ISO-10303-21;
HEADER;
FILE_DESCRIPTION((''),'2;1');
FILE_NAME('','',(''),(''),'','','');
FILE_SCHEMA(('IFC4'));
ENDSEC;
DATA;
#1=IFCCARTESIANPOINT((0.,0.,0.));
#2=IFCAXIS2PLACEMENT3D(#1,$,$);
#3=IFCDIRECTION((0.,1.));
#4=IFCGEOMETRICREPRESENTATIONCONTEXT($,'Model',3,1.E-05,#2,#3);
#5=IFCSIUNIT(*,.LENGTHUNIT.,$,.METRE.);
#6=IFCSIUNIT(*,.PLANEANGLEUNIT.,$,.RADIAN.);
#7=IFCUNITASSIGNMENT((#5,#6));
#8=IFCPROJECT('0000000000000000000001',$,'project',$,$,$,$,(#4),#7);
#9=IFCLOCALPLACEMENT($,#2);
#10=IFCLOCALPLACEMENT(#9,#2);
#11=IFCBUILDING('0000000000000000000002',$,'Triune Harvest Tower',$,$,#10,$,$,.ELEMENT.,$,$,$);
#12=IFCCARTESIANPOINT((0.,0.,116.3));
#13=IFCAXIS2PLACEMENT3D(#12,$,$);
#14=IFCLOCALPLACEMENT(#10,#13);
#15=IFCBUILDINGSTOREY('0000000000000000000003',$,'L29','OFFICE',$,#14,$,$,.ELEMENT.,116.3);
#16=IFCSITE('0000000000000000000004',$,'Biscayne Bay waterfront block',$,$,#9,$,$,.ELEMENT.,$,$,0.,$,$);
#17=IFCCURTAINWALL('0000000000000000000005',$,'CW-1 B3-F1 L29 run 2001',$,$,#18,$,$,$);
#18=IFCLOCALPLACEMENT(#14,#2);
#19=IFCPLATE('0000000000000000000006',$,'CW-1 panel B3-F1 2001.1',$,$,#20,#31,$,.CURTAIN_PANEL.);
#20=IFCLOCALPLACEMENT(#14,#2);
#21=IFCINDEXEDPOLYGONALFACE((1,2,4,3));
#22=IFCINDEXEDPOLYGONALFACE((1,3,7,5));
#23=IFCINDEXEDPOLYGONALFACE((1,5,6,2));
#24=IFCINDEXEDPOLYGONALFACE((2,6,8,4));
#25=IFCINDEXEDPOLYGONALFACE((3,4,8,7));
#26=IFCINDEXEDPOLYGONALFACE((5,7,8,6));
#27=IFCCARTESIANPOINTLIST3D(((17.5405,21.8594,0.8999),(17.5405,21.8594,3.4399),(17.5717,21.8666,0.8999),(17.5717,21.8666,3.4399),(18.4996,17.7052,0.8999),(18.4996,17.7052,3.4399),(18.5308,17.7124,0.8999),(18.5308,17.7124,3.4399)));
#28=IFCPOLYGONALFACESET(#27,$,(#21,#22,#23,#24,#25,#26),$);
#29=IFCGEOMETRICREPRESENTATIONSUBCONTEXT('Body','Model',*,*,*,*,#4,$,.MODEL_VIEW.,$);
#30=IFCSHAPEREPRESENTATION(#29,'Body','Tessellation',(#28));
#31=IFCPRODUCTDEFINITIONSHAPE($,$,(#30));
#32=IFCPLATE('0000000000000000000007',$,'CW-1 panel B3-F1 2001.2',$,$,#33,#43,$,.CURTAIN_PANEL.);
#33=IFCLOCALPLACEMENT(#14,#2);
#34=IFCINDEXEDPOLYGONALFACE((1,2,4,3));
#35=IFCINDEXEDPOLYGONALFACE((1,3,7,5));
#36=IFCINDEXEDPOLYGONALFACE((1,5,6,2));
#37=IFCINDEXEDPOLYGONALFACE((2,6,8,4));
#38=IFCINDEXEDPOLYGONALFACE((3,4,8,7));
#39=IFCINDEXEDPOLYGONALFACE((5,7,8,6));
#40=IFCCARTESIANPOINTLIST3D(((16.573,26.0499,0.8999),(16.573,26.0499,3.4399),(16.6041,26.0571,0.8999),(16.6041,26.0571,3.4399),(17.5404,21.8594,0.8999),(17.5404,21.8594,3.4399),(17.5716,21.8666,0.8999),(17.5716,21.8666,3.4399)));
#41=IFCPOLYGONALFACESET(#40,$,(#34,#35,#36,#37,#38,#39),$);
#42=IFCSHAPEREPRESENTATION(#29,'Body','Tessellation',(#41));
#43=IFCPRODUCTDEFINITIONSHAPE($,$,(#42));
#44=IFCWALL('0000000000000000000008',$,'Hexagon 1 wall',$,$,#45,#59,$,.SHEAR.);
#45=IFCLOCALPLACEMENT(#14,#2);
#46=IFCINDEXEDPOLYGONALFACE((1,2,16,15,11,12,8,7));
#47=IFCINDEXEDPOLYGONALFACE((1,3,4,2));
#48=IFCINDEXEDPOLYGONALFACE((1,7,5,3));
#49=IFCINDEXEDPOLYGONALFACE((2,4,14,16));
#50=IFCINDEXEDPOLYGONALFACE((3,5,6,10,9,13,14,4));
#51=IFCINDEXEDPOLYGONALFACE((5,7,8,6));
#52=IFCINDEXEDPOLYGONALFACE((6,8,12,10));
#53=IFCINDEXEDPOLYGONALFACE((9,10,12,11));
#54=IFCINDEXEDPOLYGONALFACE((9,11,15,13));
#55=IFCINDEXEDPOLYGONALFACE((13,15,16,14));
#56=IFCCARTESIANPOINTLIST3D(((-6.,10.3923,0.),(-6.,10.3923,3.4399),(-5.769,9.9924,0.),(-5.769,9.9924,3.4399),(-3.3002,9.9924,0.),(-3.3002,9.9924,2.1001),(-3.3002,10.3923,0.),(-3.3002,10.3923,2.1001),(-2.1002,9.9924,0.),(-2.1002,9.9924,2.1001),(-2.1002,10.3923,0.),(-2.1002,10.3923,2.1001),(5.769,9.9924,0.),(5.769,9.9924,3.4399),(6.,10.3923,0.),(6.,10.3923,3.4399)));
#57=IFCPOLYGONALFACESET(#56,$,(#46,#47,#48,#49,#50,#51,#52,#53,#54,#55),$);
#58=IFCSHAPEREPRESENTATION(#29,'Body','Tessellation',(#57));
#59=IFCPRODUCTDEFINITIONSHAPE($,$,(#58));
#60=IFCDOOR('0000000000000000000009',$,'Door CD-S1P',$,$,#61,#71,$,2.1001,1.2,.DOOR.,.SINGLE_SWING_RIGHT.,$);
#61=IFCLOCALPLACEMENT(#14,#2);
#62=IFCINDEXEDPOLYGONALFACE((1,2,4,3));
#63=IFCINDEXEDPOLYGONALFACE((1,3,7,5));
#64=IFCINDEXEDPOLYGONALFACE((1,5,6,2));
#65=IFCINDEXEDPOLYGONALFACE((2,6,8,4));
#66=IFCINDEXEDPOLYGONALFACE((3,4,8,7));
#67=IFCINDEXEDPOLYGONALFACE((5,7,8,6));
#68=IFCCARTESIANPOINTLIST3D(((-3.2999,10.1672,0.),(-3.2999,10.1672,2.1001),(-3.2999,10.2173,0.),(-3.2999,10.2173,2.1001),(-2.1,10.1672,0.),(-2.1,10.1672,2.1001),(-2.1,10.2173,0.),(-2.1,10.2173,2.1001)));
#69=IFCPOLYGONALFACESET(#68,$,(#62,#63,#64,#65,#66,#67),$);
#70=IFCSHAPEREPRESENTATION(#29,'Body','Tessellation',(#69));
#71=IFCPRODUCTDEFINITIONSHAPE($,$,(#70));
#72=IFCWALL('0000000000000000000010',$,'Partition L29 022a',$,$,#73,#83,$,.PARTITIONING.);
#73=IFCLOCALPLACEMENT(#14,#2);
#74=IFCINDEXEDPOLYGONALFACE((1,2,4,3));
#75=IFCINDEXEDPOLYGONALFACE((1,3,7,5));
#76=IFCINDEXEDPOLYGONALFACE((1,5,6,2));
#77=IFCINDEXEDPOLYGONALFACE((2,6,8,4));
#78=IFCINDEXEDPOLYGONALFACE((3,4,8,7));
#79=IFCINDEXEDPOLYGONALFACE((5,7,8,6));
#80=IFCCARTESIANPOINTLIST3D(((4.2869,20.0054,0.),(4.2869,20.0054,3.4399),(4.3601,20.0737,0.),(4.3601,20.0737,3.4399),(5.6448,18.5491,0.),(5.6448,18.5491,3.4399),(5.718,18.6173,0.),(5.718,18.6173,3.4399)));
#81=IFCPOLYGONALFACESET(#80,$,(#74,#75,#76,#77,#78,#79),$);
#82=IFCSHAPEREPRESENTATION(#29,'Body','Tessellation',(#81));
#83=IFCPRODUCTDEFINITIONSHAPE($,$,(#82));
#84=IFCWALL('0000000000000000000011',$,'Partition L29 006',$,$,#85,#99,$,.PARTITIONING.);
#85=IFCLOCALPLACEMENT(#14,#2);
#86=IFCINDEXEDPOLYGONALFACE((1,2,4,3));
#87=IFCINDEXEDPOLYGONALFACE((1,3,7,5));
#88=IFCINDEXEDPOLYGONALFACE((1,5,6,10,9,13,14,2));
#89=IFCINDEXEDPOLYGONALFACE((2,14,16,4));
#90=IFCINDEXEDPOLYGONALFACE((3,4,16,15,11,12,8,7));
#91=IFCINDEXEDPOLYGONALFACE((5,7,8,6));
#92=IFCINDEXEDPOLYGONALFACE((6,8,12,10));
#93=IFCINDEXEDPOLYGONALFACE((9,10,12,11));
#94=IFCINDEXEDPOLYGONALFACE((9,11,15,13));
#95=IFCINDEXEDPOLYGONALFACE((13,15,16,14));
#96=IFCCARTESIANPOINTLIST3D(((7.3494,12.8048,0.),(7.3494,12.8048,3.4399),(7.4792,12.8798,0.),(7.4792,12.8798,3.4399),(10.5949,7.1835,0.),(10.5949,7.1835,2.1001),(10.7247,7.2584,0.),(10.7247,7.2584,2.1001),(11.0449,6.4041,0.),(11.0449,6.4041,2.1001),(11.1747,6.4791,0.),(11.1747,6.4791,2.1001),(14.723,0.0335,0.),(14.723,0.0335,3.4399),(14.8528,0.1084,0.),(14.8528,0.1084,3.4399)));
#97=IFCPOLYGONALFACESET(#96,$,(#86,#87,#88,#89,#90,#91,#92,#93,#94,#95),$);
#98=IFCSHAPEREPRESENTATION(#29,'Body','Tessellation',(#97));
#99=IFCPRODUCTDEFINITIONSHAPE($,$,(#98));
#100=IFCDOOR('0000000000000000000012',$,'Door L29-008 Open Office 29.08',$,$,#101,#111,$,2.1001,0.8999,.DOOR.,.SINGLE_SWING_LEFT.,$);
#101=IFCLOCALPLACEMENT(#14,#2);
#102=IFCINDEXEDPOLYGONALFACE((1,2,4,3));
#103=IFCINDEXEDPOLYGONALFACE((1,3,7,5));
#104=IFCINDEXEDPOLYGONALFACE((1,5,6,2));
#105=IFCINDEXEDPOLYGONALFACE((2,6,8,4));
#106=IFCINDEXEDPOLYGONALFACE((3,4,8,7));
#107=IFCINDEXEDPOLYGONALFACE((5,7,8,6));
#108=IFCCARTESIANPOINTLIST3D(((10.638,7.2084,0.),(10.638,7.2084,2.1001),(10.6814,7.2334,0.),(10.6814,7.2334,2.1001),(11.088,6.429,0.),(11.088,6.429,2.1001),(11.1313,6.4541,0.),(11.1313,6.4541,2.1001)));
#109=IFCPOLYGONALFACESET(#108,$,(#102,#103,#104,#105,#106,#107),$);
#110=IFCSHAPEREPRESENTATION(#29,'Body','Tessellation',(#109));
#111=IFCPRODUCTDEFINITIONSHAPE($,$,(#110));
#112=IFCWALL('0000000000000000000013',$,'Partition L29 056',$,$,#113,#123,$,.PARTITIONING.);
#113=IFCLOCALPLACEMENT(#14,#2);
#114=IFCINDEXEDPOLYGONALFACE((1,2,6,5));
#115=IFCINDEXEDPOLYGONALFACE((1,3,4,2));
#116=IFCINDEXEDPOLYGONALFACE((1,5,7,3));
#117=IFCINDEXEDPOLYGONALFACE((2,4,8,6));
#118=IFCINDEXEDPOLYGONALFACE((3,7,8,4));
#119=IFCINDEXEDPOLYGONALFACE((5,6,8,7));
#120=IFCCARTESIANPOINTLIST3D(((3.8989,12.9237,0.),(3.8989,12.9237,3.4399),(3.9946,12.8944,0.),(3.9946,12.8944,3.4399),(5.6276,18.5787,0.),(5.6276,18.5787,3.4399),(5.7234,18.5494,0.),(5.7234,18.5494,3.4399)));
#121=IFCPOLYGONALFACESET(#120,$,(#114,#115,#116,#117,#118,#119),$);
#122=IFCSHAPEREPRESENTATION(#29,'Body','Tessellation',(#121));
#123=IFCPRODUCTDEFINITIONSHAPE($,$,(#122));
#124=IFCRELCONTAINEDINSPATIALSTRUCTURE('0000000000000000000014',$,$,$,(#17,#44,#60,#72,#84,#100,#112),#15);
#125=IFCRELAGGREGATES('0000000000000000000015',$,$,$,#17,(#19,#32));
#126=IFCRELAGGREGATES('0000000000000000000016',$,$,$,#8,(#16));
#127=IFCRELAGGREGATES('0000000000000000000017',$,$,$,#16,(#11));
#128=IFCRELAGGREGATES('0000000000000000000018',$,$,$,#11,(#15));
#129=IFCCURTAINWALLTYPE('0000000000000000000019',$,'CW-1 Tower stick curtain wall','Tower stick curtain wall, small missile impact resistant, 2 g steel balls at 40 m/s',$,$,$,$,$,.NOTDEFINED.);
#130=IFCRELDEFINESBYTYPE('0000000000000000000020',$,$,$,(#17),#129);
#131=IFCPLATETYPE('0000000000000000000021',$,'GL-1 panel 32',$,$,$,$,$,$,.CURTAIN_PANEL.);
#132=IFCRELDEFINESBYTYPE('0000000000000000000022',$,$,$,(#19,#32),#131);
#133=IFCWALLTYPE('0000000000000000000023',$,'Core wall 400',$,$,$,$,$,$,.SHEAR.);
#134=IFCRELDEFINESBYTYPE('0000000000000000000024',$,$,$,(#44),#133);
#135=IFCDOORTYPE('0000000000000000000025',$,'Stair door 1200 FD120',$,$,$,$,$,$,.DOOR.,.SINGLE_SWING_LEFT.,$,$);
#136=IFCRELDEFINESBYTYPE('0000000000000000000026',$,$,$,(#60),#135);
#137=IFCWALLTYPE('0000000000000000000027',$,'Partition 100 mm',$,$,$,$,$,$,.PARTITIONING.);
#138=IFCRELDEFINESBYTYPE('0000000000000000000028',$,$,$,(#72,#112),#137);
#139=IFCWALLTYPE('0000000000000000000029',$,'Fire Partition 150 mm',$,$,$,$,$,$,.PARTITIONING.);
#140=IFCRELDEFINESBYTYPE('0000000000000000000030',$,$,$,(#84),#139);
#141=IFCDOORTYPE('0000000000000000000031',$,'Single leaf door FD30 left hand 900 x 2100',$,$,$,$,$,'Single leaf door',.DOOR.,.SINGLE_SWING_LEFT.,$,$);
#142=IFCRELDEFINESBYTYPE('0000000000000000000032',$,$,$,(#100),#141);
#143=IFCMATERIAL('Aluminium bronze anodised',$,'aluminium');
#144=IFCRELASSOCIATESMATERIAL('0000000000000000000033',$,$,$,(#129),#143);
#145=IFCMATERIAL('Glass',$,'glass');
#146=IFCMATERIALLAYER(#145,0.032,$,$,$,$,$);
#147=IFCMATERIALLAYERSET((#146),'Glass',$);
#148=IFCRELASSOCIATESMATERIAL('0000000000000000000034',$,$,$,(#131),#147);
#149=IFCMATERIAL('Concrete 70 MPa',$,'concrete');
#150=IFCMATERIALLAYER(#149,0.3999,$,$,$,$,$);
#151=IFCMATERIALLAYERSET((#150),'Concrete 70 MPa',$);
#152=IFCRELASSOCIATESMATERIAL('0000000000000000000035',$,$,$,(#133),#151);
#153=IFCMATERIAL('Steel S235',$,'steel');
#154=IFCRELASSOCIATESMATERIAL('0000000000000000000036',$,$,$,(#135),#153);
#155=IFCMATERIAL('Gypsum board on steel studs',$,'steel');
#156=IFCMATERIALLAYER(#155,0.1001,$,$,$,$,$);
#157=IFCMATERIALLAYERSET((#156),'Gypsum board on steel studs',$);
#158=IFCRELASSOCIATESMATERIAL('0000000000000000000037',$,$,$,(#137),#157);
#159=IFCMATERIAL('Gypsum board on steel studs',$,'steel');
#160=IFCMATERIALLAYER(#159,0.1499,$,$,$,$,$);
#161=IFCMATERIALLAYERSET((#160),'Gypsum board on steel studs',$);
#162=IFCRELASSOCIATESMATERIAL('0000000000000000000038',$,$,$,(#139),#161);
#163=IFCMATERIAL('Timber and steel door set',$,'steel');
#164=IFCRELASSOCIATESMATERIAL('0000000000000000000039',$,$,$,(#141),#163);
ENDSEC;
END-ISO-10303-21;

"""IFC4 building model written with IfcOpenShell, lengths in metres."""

from ifc_helpers import new_model, si_unit, direction, frame, frame_2d, origin, origin_2d, place, context, subcontext, project, spatial, polyline, rectangle, outline, extrude, source, transform, mapped, material, layer, layer_set, type_object, element, fill, aggregate, save


model = new_model("IFC4")

# Units and contexts
model_context = context("Model", 3, precision=1e-05, world=origin(), true_north=direction((0.0, 1.0)))
body_context = subcontext(model_context, "Body", "Model", "MODEL_VIEW")
ifc_project = project(units=[si_unit("LENGTHUNIT", "METRE"), si_unit("PLANEANGLEUNIT", "RADIAN")], contexts=[model_context])

# Site, building, storey
site_placement = place(None, origin())
site = spatial("IfcSite", under=ifc_project, at=site_placement, Name="Biscayne Bay waterfront block", CompositionType="ELEMENT", RefElevation=0.0)
building_placement = place(site_placement, origin())
building = spatial("IfcBuilding", under=site, at=building_placement, Name="Triune Harvest Tower", CompositionType="ELEMENT")
storey_placement = place(building_placement, frame((0.0, 0.0, 116.3)))
storey = spatial("IfcBuildingStorey", under=building, at=storey_placement, Name="L29", Description="OFFICE", CompositionType="ELEMENT", Elevation=116.3)

# Curtain wall
ifc_material_1 = material(Name="Aluminium bronze anodised", Category="aluminium")
curtain_wall_type_1 = type_object("IfcCurtainWallType", Name="CW-1 Tower stick curtain wall", Description="Tower stick curtain wall, small missile impact resistant, 2 g steel balls at 40 m/s", PredefinedType="NOTDEFINED", material=ifc_material_1)
curtain_wall_1_placement = place(storey_placement, origin())
curtain_wall_1 = element("IfcCurtainWall", 1, at=curtain_wall_1_placement, inside=storey, type_object=curtain_wall_type_1, Name="CW-1 B3-F1 L29 run 2001")

# Plates
ifc_material_2 = material(Name="Glass", Category="glass")
ifc_layer_1 = layer(ifc_material_2, 0.032)
ifc_layer_set_1 = layer_set([ifc_layer_1], Name="Glass")
plate_type_1 = type_object("IfcPlateType", Name="GL-1 panel 32", PredefinedType="CURTAIN_PANEL", material=ifc_layer_set_1)
shared_shape_1 = source(origin(), body_context, "Body", "SweptSolid", [
    extrude(rectangle(XDim=4.2634, YDim=0.032, at=origin_2d()), origin(), (0.0, 0.0, 1.0), 2.54),
])
plate_1_placement = place(storey_placement, frame((18.0356, 19.7859, 0.8999), z_axis=(0.0, 0.0, 1.0), x_axis=(-0.224951, 0.97437, 0.0)))
plate_1 = element("IfcPlate", 2, at=plate_1_placement, type_object=plate_type_1, Name="CW-1 panel B3-F1 2001.1", PredefinedType="CURTAIN_PANEL", context=body_context, shape_type="MappedRepresentation", body=[
    mapped(shared_shape_1, transform((0.0, 0.0, 0.0), scale=1.0)),
])
shared_shape_2 = source(origin(), body_context, "Body", "SweptSolid", [
    extrude(rectangle(XDim=4.3008, YDim=0.032, at=origin_2d()), origin(), (0.0, 0.0, 1.0), 2.54),
])
plate_2_placement = place(storey_placement, frame((17.0723, 23.9583, 0.8999), z_axis=(0.0, 0.0, 1.0), x_axis=(-0.224951, 0.97437, 0.0)))
plate_2 = element("IfcPlate", 3, at=plate_2_placement, type_object=plate_type_1, Name="CW-1 panel B3-F1 2001.2", PredefinedType="CURTAIN_PANEL", context=body_context, shape_type="MappedRepresentation", body=[
    mapped(shared_shape_2, transform((0.0, 0.0, 0.0), scale=1.0)),
])
aggregate(curtain_wall_1, [plate_1, plate_2])

# Wall, opening, door
ifc_material_3 = material(Name="Concrete 70 MPa", Category="concrete")
ifc_layer_2 = layer(ifc_material_3, 0.3999)
ifc_layer_set_2 = layer_set([ifc_layer_2], Name="Concrete 70 MPa")
wall_type_1 = type_object("IfcWallType", Name="Core wall 400", PredefinedType="SHEAR", material=ifc_layer_set_2)
shared_shape_3 = source(origin(), body_context, "Body", "SweptSolid", [
    extrude(outline(polyline([(-0.1155, -0.2), (11.8845, -0.2), (11.6536, 0.2), (0.1155, 0.2), (-0.1155, -0.2)])), origin(), (0.0, 0.0, 1.0), 3.4399),
])
wall_1_placement = place(storey_placement, frame((5.8845, 10.1924, 0.0), z_axis=(0.0, 0.0, 1.0), x_axis=(-1.0, 0.0, 0.0)))
wall_1 = element("IfcWall", 4, at=wall_1_placement, inside=storey, type_object=wall_type_1, Name="Hexagon 1 wall", PredefinedType="SHEAR", context=body_context, shape_type="MappedRepresentation", body=[
    mapped(shared_shape_3, transform((0.0, 0.0, 0.0), scale=1.0)),
])
opening_1_placement = place(wall_1_placement, frame((7.9846, 0.0, 0.0)))
opening_1 = element("IfcOpeningElement", 5, at=opening_1_placement, cuts=wall_1, PredefinedType="OPENING", context=body_context, shape_type="SweptSolid", body=[
    extrude(rectangle(XDim=1.2, YDim=2.1001, at=frame_2d((0.6001, 1.05))), frame((0.0, 0.21, 0.0), z_axis=(0.0, -1.0, 0.0), x_axis=(1.0, 0.0, 0.0)), (0.0, 0.0, 1.0), 0.4199),
])
ifc_material_4 = material(Name="Steel S235", Category="steel")
door_type_1 = type_object("IfcDoorType", Name="Stair door 1200 FD120", OperationType="SINGLE_SWING_LEFT", PredefinedType="DOOR", material=ifc_material_4)
door_1_placement = place(opening_1_placement, frame((1.2, 0.0, 0.0), z_axis=(0.0, 0.0, 1.0), x_axis=(-1.0, 0.0, 0.0)))
door_1 = element("IfcDoor", 6, at=door_1_placement, inside=storey, type_object=door_type_1, Name="Door CD-S1P", OperationType="SINGLE_SWING_RIGHT", OverallHeight=2.1001, OverallWidth=1.2, PredefinedType="DOOR", context=body_context, shape_type="SweptSolid", body=[
    extrude(rectangle(XDim=1.2, YDim=2.1001, at=frame_2d((0.6001, 1.05))), frame((0.0, 0.0249, 0.0), z_axis=(0.0, -1.0, 0.0), x_axis=(1.0, 0.0, 0.0)), (0.0, 0.0, 1.0), 0.05),
])
fill(opening_1, door_1)

# Wall
ifc_material_5 = material(Name="Gypsum board on steel studs", Category="steel")
ifc_layer_3 = layer(ifc_material_5, 0.1001)
ifc_layer_set_3 = layer_set([ifc_layer_3], Name="Gypsum board on steel studs")
wall_type_2 = type_object("IfcWallType", Name="Partition 100 mm", PredefinedType="PARTITIONING", material=ifc_layer_set_3)
shared_shape_4 = source(origin(), body_context, "Body", "SweptSolid", [
    extrude(rectangle(XDim=1.9912, YDim=0.1001, at=frame_2d((0.9956, 0.0))), origin(), (0.0, 0.0, 1.0), 3.4399),
])
wall_2_placement = place(storey_placement, frame((4.3235, 20.0396, 0.0), z_axis=(0.0, 0.0, 1.0), x_axis=(0.681969, -0.731381, 0.0)))
element("IfcWall", 7, at=wall_2_placement, inside=storey, type_object=wall_type_2, Name="Partition L29 022a", PredefinedType="PARTITIONING", context=body_context, shape_type="MappedRepresentation", body=[
    mapped(shared_shape_4, transform((0.0, 0.0, 0.0), scale=1.0)),
])

# Wall, opening, door
ifc_material_6 = material(Name="Gypsum board on steel studs", Category="steel")
ifc_layer_4 = layer(ifc_material_6, 0.1499)
ifc_layer_set_4 = layer_set([ifc_layer_4], Name="Gypsum board on steel studs")
wall_type_3 = type_object("IfcWallType", Name="Fire Partition 150 mm", PredefinedType="PARTITIONING", material=ifc_layer_set_4)
shared_shape_5 = source(origin(), body_context, "Body", "SweptSolid", [
    extrude(rectangle(XDim=14.7471, YDim=0.1499, at=frame_2d((7.3735, 0.0))), origin(), (0.0, 0.0, 1.0), 3.4399),
])
wall_3_placement = place(storey_placement, frame((7.4143, 12.8423, 0.0), z_axis=(0.0, 0.0, 1.0), x_axis=(0.500003, -0.866024, 0.0)))
wall_3 = element("IfcWall", 8, at=wall_3_placement, inside=storey, type_object=wall_type_3, Name="Partition L29 006", PredefinedType="PARTITIONING", context=body_context, shape_type="MappedRepresentation", body=[
    mapped(shared_shape_5, transform((0.0, 0.0, 0.0), scale=1.0)),
])
opening_2_placement = place(wall_3_placement, frame((6.491, 0.0, 0.0)))
opening_2 = element("IfcOpeningElement", 9, at=opening_2_placement, cuts=wall_3, PredefinedType="OPENING", context=body_context, shape_type="SweptSolid", body=[
    extrude(rectangle(XDim=0.8999, YDim=2.1001, at=frame_2d((0.45, 1.05))), frame((0.0, 0.085, 0.0), z_axis=(0.0, -1.0, 0.0), x_axis=(1.0, 0.0, 0.0)), (0.0, 0.0, 1.0), 0.1699),
])
ifc_material_7 = material(Name="Timber and steel door set", Category="steel")
door_type_2 = type_object("IfcDoorType", Name="Single leaf door FD30 left hand 900 x 2100", ElementType="Single leaf door", OperationType="SINGLE_SWING_LEFT", PredefinedType="DOOR", material=ifc_material_7)
door_2_placement = place(opening_2_placement, origin())
door_2 = element("IfcDoor", 10, at=door_2_placement, inside=storey, type_object=door_type_2, Name="Door L29-008 Open Office 29.08", OperationType="SINGLE_SWING_LEFT", OverallHeight=2.1001, OverallWidth=0.8999, PredefinedType="DOOR", context=body_context, shape_type="SweptSolid", body=[
    extrude(rectangle(XDim=0.8999, YDim=2.1001, at=frame_2d((0.45, 1.05))), frame((0.0, 0.0249, 0.0), z_axis=(0.0, -1.0, 0.0), x_axis=(1.0, 0.0, 0.0)), (0.0, 0.0, 1.0), 0.05),
])
fill(opening_2, door_2)

# Wall
shared_shape_6 = source(origin(), body_context, "Body", "SweptSolid", [
    extrude(rectangle(XDim=5.9133, YDim=0.1001, at=frame_2d((2.9565, 0.0))), origin(), (0.0, 0.0, 1.0), 3.4399),
])
wall_4_placement = place(storey_placement, frame((3.9468, 12.9092, 0.0), z_axis=(0.0, 0.0, 1.0), x_axis=(0.292348, 0.956312, 0.0)))
element("IfcWall", 11, at=wall_4_placement, inside=storey, type_object=wall_type_2, Name="Partition L29 056", PredefinedType="PARTITIONING", context=body_context, shape_type="MappedRepresentation", body=[
    mapped(shared_shape_6, transform((0.0, 0.0, 0.0), scale=1.0)),
])

save(model, "model.ifc")
